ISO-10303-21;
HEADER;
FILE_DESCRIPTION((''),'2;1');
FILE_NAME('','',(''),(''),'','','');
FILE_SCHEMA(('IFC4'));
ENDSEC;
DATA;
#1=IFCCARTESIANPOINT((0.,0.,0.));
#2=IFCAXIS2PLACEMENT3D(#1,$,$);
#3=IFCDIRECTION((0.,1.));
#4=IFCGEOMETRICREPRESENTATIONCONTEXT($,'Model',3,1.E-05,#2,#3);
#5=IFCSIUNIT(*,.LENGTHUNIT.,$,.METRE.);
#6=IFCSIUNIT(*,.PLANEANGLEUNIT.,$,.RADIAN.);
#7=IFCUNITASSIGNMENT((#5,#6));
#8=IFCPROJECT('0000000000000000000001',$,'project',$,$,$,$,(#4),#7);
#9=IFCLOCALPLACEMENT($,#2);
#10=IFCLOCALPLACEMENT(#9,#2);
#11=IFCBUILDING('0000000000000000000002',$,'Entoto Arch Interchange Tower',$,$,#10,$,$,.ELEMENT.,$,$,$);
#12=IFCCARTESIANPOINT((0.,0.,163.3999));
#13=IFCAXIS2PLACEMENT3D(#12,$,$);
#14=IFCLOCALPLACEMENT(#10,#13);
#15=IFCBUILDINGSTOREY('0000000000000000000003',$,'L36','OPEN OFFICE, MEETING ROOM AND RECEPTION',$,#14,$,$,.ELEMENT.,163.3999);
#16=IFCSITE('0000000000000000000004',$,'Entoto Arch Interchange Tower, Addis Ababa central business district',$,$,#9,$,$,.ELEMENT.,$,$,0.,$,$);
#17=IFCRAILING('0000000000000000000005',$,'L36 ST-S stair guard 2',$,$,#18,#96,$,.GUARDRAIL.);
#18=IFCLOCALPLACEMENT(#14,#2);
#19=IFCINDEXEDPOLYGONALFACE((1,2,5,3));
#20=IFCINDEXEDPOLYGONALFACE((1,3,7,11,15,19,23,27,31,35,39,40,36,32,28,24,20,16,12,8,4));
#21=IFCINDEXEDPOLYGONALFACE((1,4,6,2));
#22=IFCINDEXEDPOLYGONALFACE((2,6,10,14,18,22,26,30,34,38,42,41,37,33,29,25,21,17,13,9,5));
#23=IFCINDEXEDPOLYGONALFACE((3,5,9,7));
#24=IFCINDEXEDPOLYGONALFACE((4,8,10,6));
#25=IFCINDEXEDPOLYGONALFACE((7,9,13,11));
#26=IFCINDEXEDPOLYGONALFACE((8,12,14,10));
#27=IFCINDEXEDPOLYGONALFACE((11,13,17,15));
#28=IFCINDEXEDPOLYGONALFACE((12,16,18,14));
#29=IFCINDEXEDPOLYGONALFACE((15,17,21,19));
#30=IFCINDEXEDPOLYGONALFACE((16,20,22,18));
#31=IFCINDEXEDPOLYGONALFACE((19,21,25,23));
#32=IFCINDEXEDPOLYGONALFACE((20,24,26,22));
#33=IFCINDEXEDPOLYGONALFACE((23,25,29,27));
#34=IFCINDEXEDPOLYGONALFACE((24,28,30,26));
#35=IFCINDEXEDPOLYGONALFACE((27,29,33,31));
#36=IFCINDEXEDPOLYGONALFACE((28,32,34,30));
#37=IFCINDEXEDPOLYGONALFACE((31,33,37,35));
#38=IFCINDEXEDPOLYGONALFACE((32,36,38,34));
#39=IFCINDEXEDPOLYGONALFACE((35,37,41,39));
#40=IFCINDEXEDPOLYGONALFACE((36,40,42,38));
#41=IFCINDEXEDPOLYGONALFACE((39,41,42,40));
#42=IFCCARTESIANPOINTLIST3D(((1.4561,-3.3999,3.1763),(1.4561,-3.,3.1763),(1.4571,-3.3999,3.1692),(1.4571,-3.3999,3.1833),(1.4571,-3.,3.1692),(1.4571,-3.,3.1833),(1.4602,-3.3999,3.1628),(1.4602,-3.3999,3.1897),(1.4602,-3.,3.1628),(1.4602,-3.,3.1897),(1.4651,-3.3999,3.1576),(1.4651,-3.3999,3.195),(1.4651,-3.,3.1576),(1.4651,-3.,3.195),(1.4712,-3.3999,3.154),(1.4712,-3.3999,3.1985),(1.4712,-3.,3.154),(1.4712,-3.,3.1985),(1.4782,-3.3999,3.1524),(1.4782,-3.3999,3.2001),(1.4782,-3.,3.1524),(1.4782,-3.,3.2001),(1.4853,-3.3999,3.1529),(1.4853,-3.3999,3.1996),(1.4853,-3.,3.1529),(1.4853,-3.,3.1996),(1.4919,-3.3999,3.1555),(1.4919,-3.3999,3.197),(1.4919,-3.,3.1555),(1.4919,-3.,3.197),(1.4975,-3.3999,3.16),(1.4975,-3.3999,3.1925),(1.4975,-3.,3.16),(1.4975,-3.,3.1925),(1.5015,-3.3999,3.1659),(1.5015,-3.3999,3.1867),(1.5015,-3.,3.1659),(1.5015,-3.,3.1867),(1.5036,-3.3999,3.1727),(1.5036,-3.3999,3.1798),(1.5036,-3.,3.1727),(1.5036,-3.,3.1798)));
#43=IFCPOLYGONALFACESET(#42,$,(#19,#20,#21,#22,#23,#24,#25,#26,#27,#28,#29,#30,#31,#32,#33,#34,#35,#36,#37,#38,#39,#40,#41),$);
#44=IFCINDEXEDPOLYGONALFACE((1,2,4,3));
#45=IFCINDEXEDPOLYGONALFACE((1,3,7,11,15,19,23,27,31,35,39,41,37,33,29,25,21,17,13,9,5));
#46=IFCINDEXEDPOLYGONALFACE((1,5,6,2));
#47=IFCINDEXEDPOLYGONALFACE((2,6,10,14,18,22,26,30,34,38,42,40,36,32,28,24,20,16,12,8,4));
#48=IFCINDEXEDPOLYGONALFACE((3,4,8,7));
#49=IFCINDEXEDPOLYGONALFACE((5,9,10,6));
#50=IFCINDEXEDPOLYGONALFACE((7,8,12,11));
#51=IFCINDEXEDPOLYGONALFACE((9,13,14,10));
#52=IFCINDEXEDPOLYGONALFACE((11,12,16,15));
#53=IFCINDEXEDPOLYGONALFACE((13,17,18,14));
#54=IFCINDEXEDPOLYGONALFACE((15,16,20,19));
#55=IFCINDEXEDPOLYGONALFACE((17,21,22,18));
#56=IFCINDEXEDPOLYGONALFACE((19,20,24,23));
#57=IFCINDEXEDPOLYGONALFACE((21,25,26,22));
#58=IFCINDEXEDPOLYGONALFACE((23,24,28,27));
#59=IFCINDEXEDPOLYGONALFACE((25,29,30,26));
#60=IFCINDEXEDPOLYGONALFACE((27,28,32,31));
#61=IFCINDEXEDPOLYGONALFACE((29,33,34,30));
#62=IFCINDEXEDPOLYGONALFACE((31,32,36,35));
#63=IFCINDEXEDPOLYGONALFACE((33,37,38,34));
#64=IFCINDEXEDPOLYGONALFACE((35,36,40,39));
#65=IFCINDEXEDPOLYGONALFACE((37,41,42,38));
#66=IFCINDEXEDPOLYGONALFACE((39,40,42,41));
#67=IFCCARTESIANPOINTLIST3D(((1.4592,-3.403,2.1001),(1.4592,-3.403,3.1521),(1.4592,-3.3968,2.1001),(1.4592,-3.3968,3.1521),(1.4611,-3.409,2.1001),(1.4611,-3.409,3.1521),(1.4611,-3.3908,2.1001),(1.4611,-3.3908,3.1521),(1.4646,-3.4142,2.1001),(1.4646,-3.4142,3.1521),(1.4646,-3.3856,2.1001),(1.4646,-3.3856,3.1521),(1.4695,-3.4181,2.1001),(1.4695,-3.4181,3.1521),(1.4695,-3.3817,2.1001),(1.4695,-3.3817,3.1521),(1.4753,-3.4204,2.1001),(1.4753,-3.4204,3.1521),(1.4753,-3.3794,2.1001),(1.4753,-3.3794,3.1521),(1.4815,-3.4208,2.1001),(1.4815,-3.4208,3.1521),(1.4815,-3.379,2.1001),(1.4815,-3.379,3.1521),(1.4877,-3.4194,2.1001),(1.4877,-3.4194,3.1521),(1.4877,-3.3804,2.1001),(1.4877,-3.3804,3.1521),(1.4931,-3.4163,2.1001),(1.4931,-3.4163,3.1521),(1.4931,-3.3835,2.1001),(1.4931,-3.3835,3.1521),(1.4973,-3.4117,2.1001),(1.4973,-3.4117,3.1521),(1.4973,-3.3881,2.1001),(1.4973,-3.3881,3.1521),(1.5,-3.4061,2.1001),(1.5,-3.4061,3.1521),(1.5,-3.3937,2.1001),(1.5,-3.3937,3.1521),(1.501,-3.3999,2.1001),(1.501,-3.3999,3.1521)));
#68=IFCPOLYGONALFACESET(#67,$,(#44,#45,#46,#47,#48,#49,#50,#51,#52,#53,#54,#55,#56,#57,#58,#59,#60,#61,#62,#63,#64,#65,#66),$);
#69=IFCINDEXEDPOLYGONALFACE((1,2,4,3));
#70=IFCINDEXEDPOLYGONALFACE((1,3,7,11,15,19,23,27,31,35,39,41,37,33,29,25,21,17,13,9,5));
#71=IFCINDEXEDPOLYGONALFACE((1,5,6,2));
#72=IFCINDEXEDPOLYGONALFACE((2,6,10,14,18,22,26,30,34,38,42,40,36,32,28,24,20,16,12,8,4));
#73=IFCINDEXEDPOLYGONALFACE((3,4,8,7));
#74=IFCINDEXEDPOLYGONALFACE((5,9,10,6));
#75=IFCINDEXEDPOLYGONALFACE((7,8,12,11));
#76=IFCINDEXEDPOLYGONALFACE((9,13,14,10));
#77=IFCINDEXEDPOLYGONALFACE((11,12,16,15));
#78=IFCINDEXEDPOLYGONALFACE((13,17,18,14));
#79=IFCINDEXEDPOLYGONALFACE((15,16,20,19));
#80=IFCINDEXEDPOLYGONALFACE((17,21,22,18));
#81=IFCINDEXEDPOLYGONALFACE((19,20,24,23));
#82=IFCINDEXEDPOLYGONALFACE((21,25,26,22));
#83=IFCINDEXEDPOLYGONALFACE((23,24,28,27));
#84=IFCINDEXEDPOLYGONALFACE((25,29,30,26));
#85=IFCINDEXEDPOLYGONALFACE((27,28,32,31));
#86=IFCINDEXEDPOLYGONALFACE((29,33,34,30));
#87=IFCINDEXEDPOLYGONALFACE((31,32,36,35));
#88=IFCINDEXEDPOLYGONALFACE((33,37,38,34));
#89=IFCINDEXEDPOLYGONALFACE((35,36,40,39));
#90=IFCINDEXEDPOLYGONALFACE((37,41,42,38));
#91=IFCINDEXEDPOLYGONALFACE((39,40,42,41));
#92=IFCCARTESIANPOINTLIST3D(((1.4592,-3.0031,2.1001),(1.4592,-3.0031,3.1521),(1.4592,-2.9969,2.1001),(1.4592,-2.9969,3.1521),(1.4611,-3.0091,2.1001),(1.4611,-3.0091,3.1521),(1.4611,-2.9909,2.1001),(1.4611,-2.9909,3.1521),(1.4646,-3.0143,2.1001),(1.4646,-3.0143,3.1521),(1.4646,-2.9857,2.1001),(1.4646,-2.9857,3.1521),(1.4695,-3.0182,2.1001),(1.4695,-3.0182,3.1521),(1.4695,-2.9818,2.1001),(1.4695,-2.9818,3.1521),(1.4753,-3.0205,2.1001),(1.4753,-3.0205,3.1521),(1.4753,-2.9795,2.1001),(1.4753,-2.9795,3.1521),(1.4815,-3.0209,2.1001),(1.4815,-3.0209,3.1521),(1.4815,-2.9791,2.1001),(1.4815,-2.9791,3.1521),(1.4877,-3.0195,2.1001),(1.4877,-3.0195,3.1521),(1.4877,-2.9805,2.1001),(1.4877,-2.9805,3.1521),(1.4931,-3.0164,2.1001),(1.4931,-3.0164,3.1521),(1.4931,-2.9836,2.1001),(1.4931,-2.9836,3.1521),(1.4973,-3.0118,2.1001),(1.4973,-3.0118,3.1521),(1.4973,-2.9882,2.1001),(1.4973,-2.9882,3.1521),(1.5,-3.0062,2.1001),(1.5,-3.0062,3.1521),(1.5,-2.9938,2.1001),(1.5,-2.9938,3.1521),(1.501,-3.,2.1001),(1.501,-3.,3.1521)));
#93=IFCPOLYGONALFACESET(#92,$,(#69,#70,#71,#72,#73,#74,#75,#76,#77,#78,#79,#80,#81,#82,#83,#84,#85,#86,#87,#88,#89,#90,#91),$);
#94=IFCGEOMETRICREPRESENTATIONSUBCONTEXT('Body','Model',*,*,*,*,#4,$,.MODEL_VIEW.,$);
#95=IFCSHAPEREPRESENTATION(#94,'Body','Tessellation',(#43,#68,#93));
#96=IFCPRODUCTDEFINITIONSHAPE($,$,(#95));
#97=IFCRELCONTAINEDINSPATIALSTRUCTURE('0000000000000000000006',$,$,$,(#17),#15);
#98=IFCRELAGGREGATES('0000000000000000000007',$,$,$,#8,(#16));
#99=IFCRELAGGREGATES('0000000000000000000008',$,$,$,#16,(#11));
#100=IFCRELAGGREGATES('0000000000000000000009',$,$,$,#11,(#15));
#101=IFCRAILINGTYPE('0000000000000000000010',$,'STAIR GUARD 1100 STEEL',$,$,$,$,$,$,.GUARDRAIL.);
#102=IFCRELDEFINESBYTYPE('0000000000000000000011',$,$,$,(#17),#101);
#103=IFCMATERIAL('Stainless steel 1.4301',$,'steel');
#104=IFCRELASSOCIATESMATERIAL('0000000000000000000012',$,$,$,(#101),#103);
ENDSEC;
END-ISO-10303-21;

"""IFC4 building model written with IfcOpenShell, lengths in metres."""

from ifc_helpers import new_model, si_unit, direction, frame, origin, origin_2d, place, context, subcontext, project, spatial, circle, extrude, material, type_object, element, save


model = new_model("IFC4")

# Units and contexts
model_context = context("Model", 3, precision=1e-05, world=origin(), true_north=direction((0.0, 1.0)))
body_context = subcontext(model_context, "Body", "Model", "MODEL_VIEW")
ifc_project = project(units=[si_unit("LENGTHUNIT", "METRE"), si_unit("PLANEANGLEUNIT", "RADIAN")], contexts=[model_context])

# Site, building, storey
site_placement = place(None, origin())
site = spatial("IfcSite", under=ifc_project, at=site_placement, Name="Entoto Arch Interchange Tower, Addis Ababa central business district", CompositionType="ELEMENT", RefElevation=0.0)
building_placement = place(site_placement, origin())
building = spatial("IfcBuilding", under=site, at=building_placement, Name="Entoto Arch Interchange Tower", CompositionType="ELEMENT")
storey_placement = place(building_placement, frame((0.0, 0.0, 163.3999)))
storey = spatial("IfcBuildingStorey", under=building, at=storey_placement, Name="L36", Description="OPEN OFFICE, MEETING ROOM AND RECEPTION", CompositionType="ELEMENT", Elevation=163.3999)

# Railing
ifc_material_1 = material(Name="Stainless steel 1.4301", Category="steel")
railing_type_1 = type_object("IfcRailingType", Name="STAIR GUARD 1100 STEEL", PredefinedType="GUARDRAIL", material=ifc_material_1)
railing_1_placement = place(storey_placement, frame((1.48, -3.3999, 2.1001)))
element("IfcRailing", 1, at=railing_1_placement, inside=storey, type_object=railing_type_1, Name="L36 ST-S stair guard 2", PredefinedType="GUARDRAIL", context=body_context, shape_type="SweptSolid", body=[
    extrude(circle(Radius=0.0239, at=origin_2d()), frame((0.0, 0.0, 1.0762), z_axis=(0.0, 1.0, 0.0), x_axis=(-1.0, 0.0, 0.0)), (0.0, 0.0, 1.0), 0.3999),
    extrude(circle(Radius=0.021, at=origin_2d()), origin(), (0.0, 0.0, 1.0), 1.052),
    extrude(circle(Radius=0.021, at=origin_2d()), frame((0.0, 0.3999, 0.0)), (0.0, 0.0, 1.0), 1.052),
])

save(model, "model.ifc")
